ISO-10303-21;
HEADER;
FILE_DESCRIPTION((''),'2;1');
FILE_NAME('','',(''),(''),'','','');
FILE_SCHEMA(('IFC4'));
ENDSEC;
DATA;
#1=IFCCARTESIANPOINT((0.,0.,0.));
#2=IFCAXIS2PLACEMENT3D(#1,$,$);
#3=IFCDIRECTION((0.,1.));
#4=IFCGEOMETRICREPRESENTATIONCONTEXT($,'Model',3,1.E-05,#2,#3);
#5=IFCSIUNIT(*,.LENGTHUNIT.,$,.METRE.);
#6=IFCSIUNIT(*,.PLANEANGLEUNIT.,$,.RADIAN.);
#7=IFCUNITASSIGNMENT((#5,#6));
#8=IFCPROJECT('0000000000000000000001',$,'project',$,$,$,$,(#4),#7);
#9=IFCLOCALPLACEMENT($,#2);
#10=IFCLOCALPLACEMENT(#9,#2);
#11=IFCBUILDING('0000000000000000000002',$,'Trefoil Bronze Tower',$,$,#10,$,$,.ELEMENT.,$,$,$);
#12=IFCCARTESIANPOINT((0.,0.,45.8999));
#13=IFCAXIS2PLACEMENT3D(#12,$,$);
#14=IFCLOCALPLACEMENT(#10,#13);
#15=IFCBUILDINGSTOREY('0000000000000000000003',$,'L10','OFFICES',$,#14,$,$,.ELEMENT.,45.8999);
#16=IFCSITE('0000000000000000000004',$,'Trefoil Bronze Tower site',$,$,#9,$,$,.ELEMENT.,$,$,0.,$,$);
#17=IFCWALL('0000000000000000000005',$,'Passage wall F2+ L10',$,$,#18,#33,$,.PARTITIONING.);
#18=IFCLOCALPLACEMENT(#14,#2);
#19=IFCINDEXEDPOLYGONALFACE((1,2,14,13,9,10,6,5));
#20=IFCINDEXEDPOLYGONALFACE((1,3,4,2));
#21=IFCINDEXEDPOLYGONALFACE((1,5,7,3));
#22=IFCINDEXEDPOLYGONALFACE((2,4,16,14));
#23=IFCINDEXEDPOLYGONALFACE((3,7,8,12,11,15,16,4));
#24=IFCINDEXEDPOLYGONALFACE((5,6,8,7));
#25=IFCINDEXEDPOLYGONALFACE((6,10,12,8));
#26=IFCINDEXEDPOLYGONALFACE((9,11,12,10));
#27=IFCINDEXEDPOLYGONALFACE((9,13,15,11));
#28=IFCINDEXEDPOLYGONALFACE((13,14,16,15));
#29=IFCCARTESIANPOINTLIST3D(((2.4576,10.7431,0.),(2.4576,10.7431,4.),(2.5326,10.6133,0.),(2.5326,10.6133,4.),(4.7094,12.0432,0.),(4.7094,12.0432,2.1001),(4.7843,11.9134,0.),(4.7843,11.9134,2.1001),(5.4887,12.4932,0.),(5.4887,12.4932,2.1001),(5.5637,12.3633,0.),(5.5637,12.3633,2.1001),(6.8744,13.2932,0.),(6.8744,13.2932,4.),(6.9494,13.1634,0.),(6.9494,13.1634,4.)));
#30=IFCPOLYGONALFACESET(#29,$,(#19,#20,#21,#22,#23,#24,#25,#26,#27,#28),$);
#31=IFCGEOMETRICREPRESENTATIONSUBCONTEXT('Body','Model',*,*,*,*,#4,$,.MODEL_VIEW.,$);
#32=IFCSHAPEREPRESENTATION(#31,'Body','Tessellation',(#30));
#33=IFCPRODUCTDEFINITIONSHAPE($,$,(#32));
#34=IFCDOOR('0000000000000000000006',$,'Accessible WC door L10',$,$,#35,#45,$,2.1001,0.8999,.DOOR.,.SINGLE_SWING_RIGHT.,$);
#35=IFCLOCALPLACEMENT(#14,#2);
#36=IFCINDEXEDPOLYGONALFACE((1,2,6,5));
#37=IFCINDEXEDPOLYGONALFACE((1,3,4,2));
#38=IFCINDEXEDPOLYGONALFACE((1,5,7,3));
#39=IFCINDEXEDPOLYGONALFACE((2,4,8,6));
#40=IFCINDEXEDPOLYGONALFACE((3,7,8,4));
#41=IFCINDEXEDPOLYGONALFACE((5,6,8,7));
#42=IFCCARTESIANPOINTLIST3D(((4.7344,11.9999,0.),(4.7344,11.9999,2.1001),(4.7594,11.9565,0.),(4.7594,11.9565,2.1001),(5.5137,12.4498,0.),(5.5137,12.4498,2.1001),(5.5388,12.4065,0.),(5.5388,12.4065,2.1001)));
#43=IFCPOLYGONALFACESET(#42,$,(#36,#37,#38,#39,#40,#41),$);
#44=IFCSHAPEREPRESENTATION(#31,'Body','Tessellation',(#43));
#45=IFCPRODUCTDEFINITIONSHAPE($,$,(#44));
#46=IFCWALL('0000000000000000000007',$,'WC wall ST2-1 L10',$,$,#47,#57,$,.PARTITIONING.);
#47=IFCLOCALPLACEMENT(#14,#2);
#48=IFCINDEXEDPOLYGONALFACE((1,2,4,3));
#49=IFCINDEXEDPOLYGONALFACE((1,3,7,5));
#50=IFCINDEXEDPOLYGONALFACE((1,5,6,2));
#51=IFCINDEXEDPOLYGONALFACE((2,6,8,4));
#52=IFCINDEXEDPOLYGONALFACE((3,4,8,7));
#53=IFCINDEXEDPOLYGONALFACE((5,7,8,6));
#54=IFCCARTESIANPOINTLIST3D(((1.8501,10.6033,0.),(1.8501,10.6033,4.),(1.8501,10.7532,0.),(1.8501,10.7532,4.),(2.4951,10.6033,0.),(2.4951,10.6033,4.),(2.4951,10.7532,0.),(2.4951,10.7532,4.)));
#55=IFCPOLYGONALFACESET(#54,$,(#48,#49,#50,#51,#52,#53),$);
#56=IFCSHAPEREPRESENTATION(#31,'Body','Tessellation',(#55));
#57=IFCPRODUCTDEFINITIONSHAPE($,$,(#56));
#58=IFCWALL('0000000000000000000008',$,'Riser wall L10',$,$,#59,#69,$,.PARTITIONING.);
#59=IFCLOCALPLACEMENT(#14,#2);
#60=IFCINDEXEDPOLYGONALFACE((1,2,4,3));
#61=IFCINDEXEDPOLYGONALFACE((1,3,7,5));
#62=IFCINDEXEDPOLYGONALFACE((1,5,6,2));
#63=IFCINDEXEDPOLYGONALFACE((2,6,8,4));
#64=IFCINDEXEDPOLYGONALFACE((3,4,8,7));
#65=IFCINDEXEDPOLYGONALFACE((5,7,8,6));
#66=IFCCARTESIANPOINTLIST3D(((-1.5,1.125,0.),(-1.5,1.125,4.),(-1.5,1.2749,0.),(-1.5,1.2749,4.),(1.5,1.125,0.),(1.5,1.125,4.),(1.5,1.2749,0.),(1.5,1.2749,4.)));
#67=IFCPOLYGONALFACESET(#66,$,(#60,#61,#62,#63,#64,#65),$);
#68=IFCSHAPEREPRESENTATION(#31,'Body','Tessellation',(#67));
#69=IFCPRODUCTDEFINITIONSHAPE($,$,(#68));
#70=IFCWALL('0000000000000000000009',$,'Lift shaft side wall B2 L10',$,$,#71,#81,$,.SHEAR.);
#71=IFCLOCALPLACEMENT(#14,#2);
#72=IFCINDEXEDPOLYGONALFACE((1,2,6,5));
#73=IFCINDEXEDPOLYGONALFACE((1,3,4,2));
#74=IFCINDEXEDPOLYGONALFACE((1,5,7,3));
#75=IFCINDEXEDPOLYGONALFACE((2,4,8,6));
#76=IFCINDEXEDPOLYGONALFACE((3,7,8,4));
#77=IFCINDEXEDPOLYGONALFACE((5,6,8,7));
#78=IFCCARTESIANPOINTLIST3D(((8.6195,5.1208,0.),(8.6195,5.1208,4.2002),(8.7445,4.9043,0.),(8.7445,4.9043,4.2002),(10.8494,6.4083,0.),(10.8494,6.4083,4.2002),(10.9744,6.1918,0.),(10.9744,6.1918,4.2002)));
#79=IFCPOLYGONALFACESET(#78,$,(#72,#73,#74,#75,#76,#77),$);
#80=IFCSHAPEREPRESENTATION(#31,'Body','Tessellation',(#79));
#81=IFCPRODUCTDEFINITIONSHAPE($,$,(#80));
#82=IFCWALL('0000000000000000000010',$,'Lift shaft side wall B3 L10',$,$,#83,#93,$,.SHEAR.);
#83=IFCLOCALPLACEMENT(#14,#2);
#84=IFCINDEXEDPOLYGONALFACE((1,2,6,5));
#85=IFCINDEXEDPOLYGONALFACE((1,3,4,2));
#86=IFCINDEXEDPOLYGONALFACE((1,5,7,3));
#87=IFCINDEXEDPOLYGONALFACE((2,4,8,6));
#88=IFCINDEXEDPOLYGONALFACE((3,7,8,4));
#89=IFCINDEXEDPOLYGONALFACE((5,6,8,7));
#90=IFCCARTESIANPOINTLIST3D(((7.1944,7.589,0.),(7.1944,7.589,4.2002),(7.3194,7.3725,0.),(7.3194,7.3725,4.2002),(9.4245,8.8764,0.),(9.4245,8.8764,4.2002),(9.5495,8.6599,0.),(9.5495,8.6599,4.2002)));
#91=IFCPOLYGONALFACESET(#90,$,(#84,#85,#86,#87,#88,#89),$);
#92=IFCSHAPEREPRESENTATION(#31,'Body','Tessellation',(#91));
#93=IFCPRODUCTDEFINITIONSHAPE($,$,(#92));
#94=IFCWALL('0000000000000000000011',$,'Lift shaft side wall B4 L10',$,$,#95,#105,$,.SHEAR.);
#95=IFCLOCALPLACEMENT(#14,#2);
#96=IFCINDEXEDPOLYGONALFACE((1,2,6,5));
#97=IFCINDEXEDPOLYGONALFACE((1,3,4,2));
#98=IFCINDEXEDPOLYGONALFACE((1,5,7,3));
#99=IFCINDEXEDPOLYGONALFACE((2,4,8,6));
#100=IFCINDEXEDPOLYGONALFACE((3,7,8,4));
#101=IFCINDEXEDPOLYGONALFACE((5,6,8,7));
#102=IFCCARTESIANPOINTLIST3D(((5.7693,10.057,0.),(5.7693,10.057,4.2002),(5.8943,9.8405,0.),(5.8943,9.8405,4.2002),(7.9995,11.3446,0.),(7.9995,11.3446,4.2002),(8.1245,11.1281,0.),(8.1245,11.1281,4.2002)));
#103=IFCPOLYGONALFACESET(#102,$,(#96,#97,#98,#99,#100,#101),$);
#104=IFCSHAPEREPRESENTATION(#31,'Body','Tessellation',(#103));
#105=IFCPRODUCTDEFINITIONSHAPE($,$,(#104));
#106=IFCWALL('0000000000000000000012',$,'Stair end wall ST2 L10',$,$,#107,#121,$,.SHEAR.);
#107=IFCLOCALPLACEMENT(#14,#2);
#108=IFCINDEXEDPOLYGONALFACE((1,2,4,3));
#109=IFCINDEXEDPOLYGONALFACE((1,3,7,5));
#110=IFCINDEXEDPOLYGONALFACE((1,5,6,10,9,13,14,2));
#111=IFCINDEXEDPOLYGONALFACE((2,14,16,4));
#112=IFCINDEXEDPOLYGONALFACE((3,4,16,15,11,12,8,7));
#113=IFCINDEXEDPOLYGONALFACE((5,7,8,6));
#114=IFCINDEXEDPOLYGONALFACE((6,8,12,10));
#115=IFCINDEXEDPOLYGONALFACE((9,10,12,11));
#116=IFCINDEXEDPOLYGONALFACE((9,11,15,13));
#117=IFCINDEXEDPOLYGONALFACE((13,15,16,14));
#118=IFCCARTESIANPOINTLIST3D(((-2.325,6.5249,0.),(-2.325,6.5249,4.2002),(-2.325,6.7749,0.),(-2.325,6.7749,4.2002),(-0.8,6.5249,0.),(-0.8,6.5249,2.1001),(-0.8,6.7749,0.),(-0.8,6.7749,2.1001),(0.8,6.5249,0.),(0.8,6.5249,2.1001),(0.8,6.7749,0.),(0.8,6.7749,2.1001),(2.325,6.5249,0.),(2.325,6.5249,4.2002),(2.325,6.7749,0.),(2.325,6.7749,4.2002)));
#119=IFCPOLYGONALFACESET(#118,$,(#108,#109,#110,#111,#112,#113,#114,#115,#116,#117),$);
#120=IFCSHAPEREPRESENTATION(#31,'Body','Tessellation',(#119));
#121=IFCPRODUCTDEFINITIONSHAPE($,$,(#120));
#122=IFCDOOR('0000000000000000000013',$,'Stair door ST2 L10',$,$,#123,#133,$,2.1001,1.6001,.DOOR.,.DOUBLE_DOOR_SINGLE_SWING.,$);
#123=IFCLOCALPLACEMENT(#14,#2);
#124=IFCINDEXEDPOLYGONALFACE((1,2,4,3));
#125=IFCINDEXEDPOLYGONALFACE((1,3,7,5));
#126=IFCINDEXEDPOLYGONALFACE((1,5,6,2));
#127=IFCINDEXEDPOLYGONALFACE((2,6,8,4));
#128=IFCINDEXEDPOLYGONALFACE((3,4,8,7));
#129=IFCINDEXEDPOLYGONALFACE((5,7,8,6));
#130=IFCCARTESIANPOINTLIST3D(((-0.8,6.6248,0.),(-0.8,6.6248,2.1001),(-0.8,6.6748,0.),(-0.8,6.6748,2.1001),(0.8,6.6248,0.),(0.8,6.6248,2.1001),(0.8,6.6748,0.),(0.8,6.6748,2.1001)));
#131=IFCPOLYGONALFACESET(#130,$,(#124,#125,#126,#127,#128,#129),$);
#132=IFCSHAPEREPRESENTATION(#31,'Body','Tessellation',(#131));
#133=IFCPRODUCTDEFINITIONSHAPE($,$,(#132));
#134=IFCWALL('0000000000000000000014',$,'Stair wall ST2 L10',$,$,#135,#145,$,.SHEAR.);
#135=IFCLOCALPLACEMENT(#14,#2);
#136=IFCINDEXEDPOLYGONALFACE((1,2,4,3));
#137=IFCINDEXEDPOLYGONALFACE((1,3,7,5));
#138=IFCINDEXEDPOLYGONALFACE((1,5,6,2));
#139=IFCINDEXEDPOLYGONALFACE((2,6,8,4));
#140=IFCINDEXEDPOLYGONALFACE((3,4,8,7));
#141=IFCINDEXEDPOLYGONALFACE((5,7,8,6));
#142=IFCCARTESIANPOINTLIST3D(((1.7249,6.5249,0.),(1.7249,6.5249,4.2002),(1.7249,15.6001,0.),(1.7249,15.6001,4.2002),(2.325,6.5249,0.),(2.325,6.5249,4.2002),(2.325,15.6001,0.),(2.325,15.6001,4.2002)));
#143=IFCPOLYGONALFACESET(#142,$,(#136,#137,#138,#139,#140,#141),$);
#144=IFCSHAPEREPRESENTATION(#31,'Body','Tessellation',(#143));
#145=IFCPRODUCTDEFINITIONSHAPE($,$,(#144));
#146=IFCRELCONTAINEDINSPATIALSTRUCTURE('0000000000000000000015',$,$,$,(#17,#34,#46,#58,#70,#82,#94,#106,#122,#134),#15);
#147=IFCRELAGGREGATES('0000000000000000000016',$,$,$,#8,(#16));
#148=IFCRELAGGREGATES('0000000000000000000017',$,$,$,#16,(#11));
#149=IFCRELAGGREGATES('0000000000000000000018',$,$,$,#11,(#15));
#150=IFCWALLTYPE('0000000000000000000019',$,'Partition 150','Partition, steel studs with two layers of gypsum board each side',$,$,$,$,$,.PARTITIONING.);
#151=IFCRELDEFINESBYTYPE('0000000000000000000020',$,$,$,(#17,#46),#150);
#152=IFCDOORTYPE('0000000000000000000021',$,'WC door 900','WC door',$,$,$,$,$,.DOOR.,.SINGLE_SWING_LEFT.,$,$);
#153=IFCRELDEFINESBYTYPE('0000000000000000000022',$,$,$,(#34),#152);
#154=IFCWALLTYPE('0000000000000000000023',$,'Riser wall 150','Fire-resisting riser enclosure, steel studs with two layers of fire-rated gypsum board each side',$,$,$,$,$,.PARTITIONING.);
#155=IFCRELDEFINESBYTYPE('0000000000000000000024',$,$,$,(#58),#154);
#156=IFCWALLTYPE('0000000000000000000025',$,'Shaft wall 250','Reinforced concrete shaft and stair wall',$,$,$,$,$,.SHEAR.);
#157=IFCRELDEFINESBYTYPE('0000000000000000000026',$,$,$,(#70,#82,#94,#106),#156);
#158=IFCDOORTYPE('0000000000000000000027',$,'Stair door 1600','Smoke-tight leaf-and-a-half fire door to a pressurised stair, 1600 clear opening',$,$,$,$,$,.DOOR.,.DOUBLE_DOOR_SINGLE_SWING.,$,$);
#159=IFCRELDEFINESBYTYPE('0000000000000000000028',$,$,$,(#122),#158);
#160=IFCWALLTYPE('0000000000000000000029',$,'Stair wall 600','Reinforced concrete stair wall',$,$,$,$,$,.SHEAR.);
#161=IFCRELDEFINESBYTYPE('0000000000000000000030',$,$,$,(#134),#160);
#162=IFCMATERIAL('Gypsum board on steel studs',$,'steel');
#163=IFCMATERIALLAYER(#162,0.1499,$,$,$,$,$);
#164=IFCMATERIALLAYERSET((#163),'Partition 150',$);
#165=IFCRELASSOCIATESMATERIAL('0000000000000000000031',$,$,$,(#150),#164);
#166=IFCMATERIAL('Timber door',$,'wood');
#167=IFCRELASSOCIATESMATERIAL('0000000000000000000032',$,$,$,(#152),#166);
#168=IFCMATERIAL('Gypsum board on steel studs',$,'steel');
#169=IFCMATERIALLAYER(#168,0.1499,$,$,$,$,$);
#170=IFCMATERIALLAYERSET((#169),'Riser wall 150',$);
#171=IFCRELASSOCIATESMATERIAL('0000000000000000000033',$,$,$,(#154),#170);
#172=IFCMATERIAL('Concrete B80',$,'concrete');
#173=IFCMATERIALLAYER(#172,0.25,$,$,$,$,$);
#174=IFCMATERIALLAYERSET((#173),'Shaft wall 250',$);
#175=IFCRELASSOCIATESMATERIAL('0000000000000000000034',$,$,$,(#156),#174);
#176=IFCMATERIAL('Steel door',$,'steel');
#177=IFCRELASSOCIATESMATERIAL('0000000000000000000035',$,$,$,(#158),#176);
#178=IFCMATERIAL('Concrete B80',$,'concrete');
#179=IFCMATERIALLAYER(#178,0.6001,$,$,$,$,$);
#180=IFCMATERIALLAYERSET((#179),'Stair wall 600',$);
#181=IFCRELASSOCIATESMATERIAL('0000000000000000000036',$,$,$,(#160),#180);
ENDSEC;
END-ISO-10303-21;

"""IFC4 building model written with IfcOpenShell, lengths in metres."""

from ifc_helpers import new_model, si_unit, direction, frame, frame_2d, origin, place, context, subcontext, project, spatial, rectangle, extrude, material, layer, layer_set, type_object, element, fill, save


model = new_model("IFC4")

# Units and contexts
model_context = context("Model", 3, precision=1e-05, world=origin(), true_north=direction((0.0, 1.0)))
body_context = subcontext(model_context, "Body", "Model", "MODEL_VIEW")
ifc_project = project(units=[si_unit("LENGTHUNIT", "METRE"), si_unit("PLANEANGLEUNIT", "RADIAN")], contexts=[model_context])

# Site, building, storey
site_placement = place(None, origin())
site = spatial("IfcSite", under=ifc_project, at=site_placement, Name="Trefoil Bronze Tower site", CompositionType="ELEMENT", RefElevation=0.0)
building_placement = place(site_placement, origin())
building = spatial("IfcBuilding", under=site, at=building_placement, Name="Trefoil Bronze Tower", CompositionType="ELEMENT")
storey_placement = place(building_placement, frame((0.0, 0.0, 45.8999)))
storey = spatial("IfcBuildingStorey", under=building, at=storey_placement, Name="L10", Description="OFFICES", CompositionType="ELEMENT", Elevation=45.8999)

# Wall, opening, door
ifc_material_1 = material(Name="Gypsum board on steel studs", Category="steel")
ifc_layer_1 = layer(ifc_material_1, 0.1499)
ifc_layer_set_1 = layer_set([ifc_layer_1], Name="Partition 150")
wall_type_1 = type_object("IfcWallType", Name="Partition 150", Description="Partition, steel studs with two layers of gypsum board each side", PredefinedType="PARTITIONING", material=ifc_layer_set_1)
wall_1_placement = place(storey_placement, frame((2.4951, 10.6782, 0.0), z_axis=(0.0, 0.0, 1.0), x_axis=(0.866022, 0.500006, 0.0)))
wall_1 = element("IfcWall", 1, at=wall_1_placement, inside=storey, type_object=wall_type_1, Name="Passage wall F2+ L10", PredefinedType="PARTITIONING", context=body_context, shape_type="SweptSolid", body=[
    extrude(rectangle(XDim=5.1001, YDim=0.1499, at=frame_2d((2.55, 0.0))), origin(), (0.0, 0.0, 1.0), 4.0),
])
opening_1_placement = place(wall_1_placement, frame((2.6001, 0.0, 0.0)))
opening_1 = element("IfcOpeningElement", 2, at=opening_1_placement, cuts=wall_1, PredefinedType="OPENING", context=body_context, shape_type="SweptSolid", body=[
    extrude(rectangle(XDim=0.8999, YDim=2.1001, at=frame_2d((0.45, 1.05))), frame((0.0, 0.085, 0.0), z_axis=(0.0, -1.0, 0.0), x_axis=(1.0, 0.0, 0.0)), (0.0, 0.0, 1.0), 0.1699),
])
ifc_material_2 = material(Name="Timber door", Category="wood")
door_type_1 = type_object("IfcDoorType", Name="WC door 900", Description="WC door", OperationType="SINGLE_SWING_LEFT", PredefinedType="DOOR", material=ifc_material_2)
door_1_placement = place(opening_1_placement, origin())
door_1 = element("IfcDoor", 3, at=door_1_placement, inside=storey, type_object=door_type_1, Name="Accessible WC door L10", OperationType="SINGLE_SWING_RIGHT", OverallHeight=2.1001, OverallWidth=0.8999, PredefinedType="DOOR", context=body_context, shape_type="SweptSolid", body=[
    extrude(rectangle(XDim=0.8999, YDim=2.1001, at=frame_2d((0.45, 1.05))), frame((0.0, 0.0249, 0.0), z_axis=(0.0, -1.0, 0.0), x_axis=(1.0, 0.0, 0.0)), (0.0, 0.0, 1.0), 0.05),
])
fill(opening_1, door_1)

# Walls
wall_2_placement = place(storey_placement, frame((2.4951, 10.6782, 0.0), z_axis=(0.0, 0.0, 1.0), x_axis=(-1.0, 0.0, 0.0)))
element("IfcWall", 4, at=wall_2_placement, inside=storey, type_object=wall_type_1, Name="WC wall ST2-1 L10", PredefinedType="PARTITIONING", context=body_context, shape_type="SweptSolid", body=[
    extrude(rectangle(XDim=0.645, YDim=0.1499, at=frame_2d((0.3225, 0.0))), origin(), (0.0, 0.0, 1.0), 4.0),
])
ifc_material_3 = material(Name="Gypsum board on steel studs", Category="steel")
ifc_layer_2 = layer(ifc_material_3, 0.1499)
ifc_layer_set_2 = layer_set([ifc_layer_2], Name="Riser wall 150")
wall_type_2 = type_object("IfcWallType", Name="Riser wall 150", Description="Fire-resisting riser enclosure, steel studs with two layers of fire-rated gypsum board each side", PredefinedType="PARTITIONING", material=ifc_layer_set_2)
wall_3_placement = place(storey_placement, frame((1.5, 1.2, 0.0), z_axis=(0.0, 0.0, 1.0), x_axis=(-1.0, 0.0, 0.0)))
element("IfcWall", 5, at=wall_3_placement, inside=storey, type_object=wall_type_2, Name="Riser wall L10", PredefinedType="PARTITIONING", context=body_context, shape_type="SweptSolid", body=[
    extrude(rectangle(XDim=3.0, YDim=0.1499, at=frame_2d((1.5, 0.0))), origin(), (0.0, 0.0, 1.0), 4.0),
])
ifc_material_4 = material(Name="Concrete B80", Category="concrete")
ifc_layer_3 = layer(ifc_material_4, 0.25)
ifc_layer_set_3 = layer_set([ifc_layer_3], Name="Shaft wall 250")
wall_type_3 = type_object("IfcWallType", Name="Shaft wall 250", Description="Reinforced concrete shaft and stair wall", PredefinedType="SHEAR", material=ifc_layer_set_3)
for number, where, z_axis, x_axis, name in (
    (6, (8.6819, 5.0125, 0.0), (0.0, 0.0, 1.0), (0.866006, 0.500034, 0.0), "Lift shaft side wall B2 L10"),
    (7, (7.2568, 7.4807, 0.0), (0.0, 0.0, 1.0), (0.866047, 0.499963, 0.0), "Lift shaft side wall B3 L10"),
):
    element("IfcWall", number, at=place(storey_placement, frame(where, z_axis=z_axis, x_axis=x_axis)), inside=storey, type_object=wall_type_3, Name=name, PredefinedType="SHEAR", context=body_context, shape_type="SweptSolid", body=[
        extrude(rectangle(XDim=2.575, YDim=0.25, at=frame_2d((1.2876, 0.0))), origin(), (0.0, 0.0, 1.0), 4.2002),
    ])
wall_4_placement = place(storey_placement, frame((5.8318, 9.9487, 0.0), z_axis=(0.0, 0.0, 1.0), x_axis=(0.866029, 0.499993, 0.0)))
element("IfcWall", 8, at=wall_4_placement, inside=storey, type_object=wall_type_3, Name="Lift shaft side wall B4 L10", PredefinedType="SHEAR", context=body_context, shape_type="SweptSolid", body=[
    extrude(rectangle(XDim=2.5752, YDim=0.25, at=frame_2d((1.2876, 0.0))), origin(), (0.0, 0.0, 1.0), 4.2002),
])

# Wall, opening, door
wall_5_placement = place(storey_placement, frame((2.325, 6.6499, 0.0), z_axis=(0.0, 0.0, 1.0), x_axis=(-1.0, 0.0, 0.0)))
wall_5 = element("IfcWall", 9, at=wall_5_placement, inside=storey, type_object=wall_type_3, Name="Stair end wall ST2 L10", PredefinedType="SHEAR", context=body_context, shape_type="SweptSolid", body=[
    extrude(rectangle(XDim=4.6499, YDim=0.25, at=frame_2d((2.325, 0.0))), origin(), (0.0, 0.0, 1.0), 4.2002),
])
opening_2_placement = place(wall_5_placement, frame((1.5249, 0.0, 0.0)))
opening_2 = element("IfcOpeningElement", 10, at=opening_2_placement, cuts=wall_5, PredefinedType="OPENING", context=body_context, shape_type="SweptSolid", body=[
    extrude(rectangle(XDim=1.6001, YDim=2.1001, at=frame_2d((0.8, 1.05))), frame((0.0, 0.135, 0.0), z_axis=(0.0, -1.0, 0.0), x_axis=(1.0, 0.0, 0.0)), (0.0, 0.0, 1.0), 0.27),
])
ifc_material_5 = material(Name="Steel door", Category="steel")
door_type_2 = type_object("IfcDoorType", Name="Stair door 1600", Description="Smoke-tight leaf-and-a-half fire door to a pressurised stair, 1600 clear opening", OperationType="DOUBLE_DOOR_SINGLE_SWING", PredefinedType="DOOR", material=ifc_material_5)
door_2_placement = place(opening_2_placement, frame((1.6001, 0.0, 0.0), z_axis=(0.0, 0.0, 1.0), x_axis=(-1.0, 0.0, 0.0)))
door_2 = element("IfcDoor", 11, at=door_2_placement, inside=storey, type_object=door_type_2, Name="Stair door ST2 L10", OperationType="DOUBLE_DOOR_SINGLE_SWING", OverallHeight=2.1001, OverallWidth=1.6001, PredefinedType="DOOR", context=body_context, shape_type="SweptSolid", body=[
    extrude(rectangle(XDim=1.6001, YDim=2.1001, at=frame_2d((0.8, 1.05))), frame((0.0, 0.0249, 0.0), z_axis=(0.0, -1.0, 0.0), x_axis=(1.0, 0.0, 0.0)), (0.0, 0.0, 1.0), 0.05),
])
fill(opening_2, door_2)

# Wall
ifc_material_6 = material(Name="Concrete B80", Category="concrete")
ifc_layer_4 = layer(ifc_material_6, 0.6001)
ifc_layer_set_4 = layer_set([ifc_layer_4], Name="Stair wall 600")
wall_type_4 = type_object("IfcWallType", Name="Stair wall 600", Description="Reinforced concrete stair wall", PredefinedType="SHEAR", material=ifc_layer_set_4)
wall_6_placement = place(storey_placement, frame((2.0249, 6.5249, 0.0), z_axis=(0.0, 0.0, 1.0), x_axis=(0.0, 1.0, 0.0)))
element("IfcWall", 12, at=wall_6_placement, inside=storey, type_object=wall_type_4, Name="Stair wall ST2 L10", PredefinedType="SHEAR", context=body_context, shape_type="SweptSolid", body=[
    extrude(rectangle(XDim=9.0752, YDim=0.6001, at=frame_2d((4.5376, 0.0))), origin(), (0.0, 0.0, 1.0), 4.2002),
])

save(model, "model.ifc")
